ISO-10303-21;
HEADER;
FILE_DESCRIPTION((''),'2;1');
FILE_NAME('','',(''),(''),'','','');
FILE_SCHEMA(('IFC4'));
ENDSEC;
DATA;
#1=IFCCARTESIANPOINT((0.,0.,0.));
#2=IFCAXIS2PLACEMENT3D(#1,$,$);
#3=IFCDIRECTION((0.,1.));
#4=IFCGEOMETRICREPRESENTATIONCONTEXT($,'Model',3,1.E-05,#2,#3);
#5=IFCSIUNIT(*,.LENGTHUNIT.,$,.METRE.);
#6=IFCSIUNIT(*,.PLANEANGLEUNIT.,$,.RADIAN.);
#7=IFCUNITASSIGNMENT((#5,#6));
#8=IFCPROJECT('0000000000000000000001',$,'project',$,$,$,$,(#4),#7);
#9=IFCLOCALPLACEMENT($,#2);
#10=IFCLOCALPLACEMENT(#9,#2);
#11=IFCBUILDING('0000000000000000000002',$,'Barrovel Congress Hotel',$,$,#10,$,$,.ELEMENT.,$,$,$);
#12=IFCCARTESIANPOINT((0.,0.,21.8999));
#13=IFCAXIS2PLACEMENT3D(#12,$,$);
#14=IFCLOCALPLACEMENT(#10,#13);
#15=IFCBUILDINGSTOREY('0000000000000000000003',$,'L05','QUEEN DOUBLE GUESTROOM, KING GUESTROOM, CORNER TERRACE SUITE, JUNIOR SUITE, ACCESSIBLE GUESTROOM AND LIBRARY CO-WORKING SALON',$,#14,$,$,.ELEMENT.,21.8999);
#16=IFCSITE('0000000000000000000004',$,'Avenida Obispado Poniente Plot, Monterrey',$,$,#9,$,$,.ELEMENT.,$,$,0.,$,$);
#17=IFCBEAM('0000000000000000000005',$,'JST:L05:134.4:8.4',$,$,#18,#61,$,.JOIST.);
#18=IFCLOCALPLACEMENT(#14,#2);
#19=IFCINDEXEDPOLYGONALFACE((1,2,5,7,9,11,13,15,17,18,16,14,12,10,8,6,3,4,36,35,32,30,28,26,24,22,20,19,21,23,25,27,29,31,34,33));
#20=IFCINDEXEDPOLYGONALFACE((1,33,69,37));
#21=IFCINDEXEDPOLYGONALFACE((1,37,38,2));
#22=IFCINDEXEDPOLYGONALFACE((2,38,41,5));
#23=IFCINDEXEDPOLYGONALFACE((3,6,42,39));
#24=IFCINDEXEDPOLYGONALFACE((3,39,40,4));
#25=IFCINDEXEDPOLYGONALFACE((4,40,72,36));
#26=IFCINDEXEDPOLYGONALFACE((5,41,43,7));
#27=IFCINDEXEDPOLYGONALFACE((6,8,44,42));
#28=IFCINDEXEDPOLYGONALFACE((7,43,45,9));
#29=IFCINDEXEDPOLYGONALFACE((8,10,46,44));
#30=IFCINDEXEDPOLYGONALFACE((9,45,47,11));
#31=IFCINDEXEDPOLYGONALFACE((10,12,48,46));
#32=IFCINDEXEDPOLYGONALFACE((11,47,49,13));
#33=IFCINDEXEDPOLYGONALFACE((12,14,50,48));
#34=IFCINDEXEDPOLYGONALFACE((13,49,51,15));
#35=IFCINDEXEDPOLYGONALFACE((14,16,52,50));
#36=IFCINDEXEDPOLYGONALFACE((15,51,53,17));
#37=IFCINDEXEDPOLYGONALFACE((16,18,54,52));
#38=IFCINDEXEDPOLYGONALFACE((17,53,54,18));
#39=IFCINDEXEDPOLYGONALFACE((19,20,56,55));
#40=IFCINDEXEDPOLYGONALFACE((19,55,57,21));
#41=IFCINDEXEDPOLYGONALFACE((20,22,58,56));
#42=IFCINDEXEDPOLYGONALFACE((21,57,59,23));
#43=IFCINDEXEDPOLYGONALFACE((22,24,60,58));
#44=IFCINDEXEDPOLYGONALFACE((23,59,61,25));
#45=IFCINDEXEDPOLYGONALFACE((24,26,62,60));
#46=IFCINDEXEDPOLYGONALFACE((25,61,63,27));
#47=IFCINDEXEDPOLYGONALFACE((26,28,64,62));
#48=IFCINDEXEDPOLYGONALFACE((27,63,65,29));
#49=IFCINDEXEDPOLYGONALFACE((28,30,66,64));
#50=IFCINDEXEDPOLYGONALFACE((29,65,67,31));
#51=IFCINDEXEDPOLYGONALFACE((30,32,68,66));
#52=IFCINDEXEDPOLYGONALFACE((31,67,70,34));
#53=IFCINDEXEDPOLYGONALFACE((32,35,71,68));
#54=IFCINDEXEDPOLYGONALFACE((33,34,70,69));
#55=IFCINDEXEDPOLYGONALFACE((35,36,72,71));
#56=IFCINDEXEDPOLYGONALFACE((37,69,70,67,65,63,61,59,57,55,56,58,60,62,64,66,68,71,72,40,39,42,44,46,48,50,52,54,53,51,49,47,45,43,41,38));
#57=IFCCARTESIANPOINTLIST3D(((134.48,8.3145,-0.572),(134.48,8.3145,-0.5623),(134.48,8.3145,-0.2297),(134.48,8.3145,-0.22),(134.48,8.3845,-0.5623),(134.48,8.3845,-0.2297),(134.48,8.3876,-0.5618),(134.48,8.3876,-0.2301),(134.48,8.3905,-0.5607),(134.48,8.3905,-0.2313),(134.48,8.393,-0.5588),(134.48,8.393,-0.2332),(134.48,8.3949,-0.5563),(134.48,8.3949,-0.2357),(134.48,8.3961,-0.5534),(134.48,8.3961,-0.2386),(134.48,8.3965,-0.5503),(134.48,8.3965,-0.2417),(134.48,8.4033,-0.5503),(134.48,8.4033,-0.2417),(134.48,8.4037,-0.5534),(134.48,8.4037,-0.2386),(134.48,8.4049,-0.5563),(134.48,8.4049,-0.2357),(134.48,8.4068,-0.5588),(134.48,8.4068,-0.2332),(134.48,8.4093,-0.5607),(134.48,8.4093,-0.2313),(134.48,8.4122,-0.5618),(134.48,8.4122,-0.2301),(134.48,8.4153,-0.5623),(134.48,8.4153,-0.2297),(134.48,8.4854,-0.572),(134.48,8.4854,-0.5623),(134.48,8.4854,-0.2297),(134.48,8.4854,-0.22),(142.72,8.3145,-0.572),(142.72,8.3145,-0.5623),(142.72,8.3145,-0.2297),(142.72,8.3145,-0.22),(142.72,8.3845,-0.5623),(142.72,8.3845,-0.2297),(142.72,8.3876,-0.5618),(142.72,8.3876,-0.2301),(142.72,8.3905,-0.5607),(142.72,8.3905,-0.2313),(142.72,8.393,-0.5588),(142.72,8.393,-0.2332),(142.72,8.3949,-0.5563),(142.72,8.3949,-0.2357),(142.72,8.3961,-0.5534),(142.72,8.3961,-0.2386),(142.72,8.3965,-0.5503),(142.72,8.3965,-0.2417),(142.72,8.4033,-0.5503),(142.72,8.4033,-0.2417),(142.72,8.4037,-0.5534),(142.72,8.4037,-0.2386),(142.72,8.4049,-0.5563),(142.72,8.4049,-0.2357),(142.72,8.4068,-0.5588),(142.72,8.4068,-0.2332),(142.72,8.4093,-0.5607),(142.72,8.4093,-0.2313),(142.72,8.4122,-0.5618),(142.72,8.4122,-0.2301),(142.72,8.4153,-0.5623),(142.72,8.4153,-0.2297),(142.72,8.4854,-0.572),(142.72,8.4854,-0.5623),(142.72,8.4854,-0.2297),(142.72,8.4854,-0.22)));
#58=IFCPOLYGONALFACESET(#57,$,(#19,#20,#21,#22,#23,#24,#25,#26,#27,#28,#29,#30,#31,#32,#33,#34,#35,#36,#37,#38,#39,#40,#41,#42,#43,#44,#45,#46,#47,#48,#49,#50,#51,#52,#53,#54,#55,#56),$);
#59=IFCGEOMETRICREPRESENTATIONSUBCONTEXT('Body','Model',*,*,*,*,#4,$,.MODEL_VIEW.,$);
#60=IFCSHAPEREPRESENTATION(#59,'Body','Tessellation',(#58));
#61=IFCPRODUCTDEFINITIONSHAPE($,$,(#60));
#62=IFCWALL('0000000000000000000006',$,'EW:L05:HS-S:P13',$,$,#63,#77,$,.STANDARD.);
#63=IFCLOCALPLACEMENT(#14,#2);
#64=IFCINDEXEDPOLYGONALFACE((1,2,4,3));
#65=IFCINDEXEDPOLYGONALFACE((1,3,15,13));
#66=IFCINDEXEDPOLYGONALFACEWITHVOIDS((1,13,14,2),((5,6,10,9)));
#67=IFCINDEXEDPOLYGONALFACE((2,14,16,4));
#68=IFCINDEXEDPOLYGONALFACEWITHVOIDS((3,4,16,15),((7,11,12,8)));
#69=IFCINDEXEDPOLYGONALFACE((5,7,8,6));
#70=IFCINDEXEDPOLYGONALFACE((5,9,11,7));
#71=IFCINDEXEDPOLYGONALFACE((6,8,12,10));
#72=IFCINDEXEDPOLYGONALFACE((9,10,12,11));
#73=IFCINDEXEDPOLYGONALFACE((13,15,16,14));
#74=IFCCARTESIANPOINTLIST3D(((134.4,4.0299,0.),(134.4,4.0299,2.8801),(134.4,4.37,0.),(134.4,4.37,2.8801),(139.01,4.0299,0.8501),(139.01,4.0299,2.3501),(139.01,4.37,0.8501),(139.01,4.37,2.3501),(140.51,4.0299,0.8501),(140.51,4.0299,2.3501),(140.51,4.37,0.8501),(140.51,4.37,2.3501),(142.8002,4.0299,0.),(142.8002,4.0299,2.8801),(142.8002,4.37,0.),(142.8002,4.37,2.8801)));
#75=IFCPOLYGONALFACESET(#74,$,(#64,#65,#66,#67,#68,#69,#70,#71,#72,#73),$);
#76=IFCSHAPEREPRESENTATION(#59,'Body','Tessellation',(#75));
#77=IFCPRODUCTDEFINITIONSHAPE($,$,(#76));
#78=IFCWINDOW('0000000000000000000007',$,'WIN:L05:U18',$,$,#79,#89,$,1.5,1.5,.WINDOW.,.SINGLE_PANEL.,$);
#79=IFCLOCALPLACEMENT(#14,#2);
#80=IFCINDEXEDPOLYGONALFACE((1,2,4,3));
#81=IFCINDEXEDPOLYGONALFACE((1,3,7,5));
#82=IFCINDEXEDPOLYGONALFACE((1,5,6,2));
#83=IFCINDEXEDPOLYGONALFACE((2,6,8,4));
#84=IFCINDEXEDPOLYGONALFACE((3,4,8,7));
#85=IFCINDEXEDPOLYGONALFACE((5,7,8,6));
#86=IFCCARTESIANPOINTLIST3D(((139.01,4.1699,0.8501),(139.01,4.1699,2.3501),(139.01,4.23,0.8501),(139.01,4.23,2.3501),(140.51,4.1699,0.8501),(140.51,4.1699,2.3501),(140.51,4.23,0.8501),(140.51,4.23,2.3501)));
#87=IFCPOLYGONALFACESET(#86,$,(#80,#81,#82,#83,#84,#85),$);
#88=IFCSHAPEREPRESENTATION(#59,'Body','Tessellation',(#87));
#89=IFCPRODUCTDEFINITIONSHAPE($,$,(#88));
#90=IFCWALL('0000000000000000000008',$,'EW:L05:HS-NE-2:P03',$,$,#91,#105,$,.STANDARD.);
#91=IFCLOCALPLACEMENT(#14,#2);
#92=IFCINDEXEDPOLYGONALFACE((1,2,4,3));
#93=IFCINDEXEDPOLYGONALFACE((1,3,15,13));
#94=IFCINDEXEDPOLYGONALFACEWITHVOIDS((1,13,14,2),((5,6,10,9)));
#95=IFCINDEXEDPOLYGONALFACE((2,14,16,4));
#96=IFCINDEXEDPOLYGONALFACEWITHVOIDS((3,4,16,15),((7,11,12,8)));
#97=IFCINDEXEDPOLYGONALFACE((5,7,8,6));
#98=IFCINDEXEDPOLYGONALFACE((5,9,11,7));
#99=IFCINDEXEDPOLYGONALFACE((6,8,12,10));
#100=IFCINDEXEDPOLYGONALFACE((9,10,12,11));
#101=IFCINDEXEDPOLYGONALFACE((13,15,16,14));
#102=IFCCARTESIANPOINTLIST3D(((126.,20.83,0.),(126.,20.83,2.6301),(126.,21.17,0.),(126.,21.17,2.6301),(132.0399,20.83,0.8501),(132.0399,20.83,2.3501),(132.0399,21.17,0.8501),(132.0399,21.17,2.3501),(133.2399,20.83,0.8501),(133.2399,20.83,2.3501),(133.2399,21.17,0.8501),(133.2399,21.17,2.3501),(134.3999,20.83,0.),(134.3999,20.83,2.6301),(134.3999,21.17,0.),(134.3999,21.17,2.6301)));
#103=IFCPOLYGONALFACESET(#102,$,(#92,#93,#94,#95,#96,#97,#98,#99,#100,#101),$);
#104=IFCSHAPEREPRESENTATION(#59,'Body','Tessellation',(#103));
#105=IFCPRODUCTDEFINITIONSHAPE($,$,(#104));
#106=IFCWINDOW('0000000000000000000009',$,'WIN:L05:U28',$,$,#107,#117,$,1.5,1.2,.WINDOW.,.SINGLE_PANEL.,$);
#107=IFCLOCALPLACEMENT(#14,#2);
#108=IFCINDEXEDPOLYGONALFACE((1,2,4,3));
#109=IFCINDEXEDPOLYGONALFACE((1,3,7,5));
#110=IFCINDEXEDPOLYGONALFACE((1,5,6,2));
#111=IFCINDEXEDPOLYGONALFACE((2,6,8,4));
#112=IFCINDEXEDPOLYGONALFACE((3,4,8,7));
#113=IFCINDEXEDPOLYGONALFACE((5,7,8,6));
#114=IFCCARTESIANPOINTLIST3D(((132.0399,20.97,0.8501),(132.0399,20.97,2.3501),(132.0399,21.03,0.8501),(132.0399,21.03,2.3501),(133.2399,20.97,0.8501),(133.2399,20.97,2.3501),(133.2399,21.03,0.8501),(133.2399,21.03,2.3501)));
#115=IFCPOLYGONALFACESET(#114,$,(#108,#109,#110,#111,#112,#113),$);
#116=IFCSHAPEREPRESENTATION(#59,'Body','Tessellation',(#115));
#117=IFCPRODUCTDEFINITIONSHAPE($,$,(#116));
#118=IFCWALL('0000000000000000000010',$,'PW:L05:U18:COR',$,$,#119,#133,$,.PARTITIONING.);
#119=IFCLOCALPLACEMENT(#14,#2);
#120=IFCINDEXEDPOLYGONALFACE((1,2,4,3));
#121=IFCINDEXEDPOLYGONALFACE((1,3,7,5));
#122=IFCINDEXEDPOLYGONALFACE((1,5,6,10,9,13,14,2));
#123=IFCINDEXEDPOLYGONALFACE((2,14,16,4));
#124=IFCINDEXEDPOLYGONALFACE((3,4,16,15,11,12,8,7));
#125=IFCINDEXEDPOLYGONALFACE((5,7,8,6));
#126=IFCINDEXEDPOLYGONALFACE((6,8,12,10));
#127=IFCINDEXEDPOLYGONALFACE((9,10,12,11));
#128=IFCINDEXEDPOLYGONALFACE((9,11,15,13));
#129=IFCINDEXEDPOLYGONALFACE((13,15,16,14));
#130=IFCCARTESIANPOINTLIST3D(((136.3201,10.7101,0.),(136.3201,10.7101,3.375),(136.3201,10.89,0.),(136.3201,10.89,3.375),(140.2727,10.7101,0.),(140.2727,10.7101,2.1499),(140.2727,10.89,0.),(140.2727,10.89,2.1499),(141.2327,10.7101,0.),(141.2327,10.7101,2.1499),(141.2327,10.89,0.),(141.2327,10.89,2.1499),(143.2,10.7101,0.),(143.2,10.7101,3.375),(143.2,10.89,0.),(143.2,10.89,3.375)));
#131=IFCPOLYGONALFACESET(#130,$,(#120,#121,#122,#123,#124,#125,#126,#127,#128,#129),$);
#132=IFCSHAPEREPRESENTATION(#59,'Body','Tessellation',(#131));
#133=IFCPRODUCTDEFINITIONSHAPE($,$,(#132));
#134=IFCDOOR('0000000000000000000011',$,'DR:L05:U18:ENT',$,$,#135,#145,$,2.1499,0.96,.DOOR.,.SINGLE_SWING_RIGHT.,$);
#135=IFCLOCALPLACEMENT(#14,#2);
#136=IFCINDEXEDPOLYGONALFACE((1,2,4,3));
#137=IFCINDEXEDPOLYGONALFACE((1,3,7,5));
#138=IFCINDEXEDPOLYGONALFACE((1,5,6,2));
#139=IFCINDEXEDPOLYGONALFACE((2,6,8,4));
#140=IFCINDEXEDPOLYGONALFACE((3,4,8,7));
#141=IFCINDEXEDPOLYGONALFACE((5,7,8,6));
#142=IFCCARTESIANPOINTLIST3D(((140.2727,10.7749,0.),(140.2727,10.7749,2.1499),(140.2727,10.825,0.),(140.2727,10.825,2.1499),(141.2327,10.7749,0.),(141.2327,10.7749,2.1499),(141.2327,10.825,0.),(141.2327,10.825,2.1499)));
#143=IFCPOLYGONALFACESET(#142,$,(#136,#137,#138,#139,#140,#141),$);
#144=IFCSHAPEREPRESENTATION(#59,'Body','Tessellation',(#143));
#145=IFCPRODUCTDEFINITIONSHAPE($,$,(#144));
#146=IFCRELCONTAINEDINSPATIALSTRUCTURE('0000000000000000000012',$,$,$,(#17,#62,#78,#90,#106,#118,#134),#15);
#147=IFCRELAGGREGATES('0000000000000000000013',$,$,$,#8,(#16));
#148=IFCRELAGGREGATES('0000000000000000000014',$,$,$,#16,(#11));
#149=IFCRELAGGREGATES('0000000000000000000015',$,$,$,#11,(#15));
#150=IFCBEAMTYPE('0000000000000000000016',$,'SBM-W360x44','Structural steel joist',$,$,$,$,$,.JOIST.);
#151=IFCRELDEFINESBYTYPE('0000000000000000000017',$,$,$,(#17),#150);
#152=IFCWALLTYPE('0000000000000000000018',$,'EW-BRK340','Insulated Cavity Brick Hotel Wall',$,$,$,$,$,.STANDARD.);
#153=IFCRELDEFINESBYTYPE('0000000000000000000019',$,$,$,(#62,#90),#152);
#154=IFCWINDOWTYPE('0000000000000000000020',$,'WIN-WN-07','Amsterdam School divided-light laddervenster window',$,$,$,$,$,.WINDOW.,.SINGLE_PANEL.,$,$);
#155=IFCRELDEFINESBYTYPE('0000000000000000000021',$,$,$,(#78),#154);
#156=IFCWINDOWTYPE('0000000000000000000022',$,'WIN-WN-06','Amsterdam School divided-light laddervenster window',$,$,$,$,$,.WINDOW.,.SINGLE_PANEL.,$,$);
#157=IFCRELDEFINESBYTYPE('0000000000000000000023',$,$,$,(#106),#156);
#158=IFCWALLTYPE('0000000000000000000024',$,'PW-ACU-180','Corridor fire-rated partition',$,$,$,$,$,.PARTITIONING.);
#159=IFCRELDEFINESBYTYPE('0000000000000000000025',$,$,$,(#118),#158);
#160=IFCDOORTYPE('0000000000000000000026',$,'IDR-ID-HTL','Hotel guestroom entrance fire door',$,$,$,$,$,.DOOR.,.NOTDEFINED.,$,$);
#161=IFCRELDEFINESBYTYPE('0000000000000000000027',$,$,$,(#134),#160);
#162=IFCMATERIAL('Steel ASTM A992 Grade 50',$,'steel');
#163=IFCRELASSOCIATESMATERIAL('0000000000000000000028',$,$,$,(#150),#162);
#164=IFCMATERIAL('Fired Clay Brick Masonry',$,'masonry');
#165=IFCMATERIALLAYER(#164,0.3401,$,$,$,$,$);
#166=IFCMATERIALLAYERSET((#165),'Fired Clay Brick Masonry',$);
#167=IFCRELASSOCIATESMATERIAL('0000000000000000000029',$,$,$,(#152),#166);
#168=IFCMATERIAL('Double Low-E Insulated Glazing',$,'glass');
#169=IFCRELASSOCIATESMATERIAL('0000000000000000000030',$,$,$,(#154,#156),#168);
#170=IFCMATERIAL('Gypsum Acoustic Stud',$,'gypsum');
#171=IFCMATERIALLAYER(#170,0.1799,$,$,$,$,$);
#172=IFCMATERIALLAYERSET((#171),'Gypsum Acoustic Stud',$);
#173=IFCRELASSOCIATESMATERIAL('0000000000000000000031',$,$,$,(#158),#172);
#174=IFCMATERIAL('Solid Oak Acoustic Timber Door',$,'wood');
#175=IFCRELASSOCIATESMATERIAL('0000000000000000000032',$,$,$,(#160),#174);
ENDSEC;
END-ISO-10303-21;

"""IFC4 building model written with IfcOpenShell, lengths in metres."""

from ifc_helpers import new_model, si_unit, direction, frame, frame_2d, origin, origin_2d, place, context, subcontext, project, spatial, rectangle, i_section, extrude, material, layer, layer_set, material_profile, profile_set, type_object, element, fill, save


model = new_model("IFC4")

# Units and contexts
model_context = context("Model", 3, precision=1e-05, world=origin(), true_north=direction((0.0, 1.0)))
body_context = subcontext(model_context, "Body", "Model", "MODEL_VIEW")
ifc_project = project(units=[si_unit("LENGTHUNIT", "METRE"), si_unit("PLANEANGLEUNIT", "RADIAN")], contexts=[model_context])

# Site, building, storey
site_placement = place(None, origin())
site = spatial("IfcSite", under=ifc_project, at=site_placement, Name="Avenida Obispado Poniente Plot, Monterrey", CompositionType="ELEMENT", RefElevation=0.0)
building_placement = place(site_placement, origin())
building = spatial("IfcBuilding", under=site, at=building_placement, Name="Barrovel Congress Hotel", CompositionType="ELEMENT")
storey_placement = place(building_placement, frame((0.0, 0.0, 21.8999)))
storey = spatial("IfcBuildingStorey", under=building, at=storey_placement, Name="L05", Description="QUEEN DOUBLE GUESTROOM, KING GUESTROOM, CORNER TERRACE SUITE, JUNIOR SUITE, ACCESSIBLE GUESTROOM AND LIBRARY CO-WORKING SALON", CompositionType="ELEMENT", Elevation=21.8999)

# Beam
ifc_material_1 = material(Name="Steel ASTM A992 Grade 50", Category="steel")
ifc_material_profile_1 = material_profile(ifc_material_1, i_section(OverallWidth=0.1709, OverallDepth=0.3521, WebThickness=0.0068, FlangeThickness=0.0098, FilletRadius=0.012, at=origin_2d()), Name="W360x44")
ifc_profile_set_1 = profile_set([ifc_material_profile_1], Name="Steel ASTM A992 Grade 50")
beam_type_1 = type_object("IfcBeamType", Name="SBM-W360x44", Description="Structural steel joist", PredefinedType="JOIST", material=ifc_profile_set_1)
beam_1_placement = place(storey_placement, frame((134.48, 8.3999, -0.396), z_axis=(1.0, 0.0, 0.0), x_axis=(0.0, 1.0, 0.0)))
element("IfcBeam", 1, at=beam_1_placement, inside=storey, type_object=beam_type_1, Name="JST:L05:134.4:8.4", PredefinedType="JOIST", context=body_context, shape_type="SweptSolid", body=[
    extrude(i_section(OverallWidth=0.1709, OverallDepth=0.3521, WebThickness=0.0068, FlangeThickness=0.0098, FilletRadius=0.012, at=origin_2d()), origin(), (0.0, 0.0, 1.0), 8.24),
])

# Walls, openings, windows
ifc_material_2 = material(Name="Fired Clay Brick Masonry", Category="masonry")
ifc_layer_1 = layer(ifc_material_2, 0.3401)
ifc_layer_set_1 = layer_set([ifc_layer_1], Name="Fired Clay Brick Masonry")
wall_type_1 = type_object("IfcWallType", Name="EW-BRK340", Description="Insulated Cavity Brick Hotel Wall", PredefinedType="STANDARD", material=ifc_layer_set_1)
wall_1_placement = place(storey_placement, frame((134.3999, 4.2, 0.0), z_axis=(0.0, 0.0, 1.0), x_axis=(1.0, 0.0, 0.0)))
wall_1 = element("IfcWall", 2, at=wall_1_placement, inside=storey, type_object=wall_type_1, Name="EW:L05:HS-S:P13", PredefinedType="STANDARD", context=body_context, shape_type="SweptSolid", body=[
    extrude(rectangle(XDim=8.4001, YDim=0.3401, at=frame_2d((4.2002, 0.0))), origin(), (0.0, 0.0, 1.0), 2.8801),
])
opening_1_placement = place(wall_1_placement, frame((4.6101, 0.0, 0.8501)))
opening_1 = element("IfcOpeningElement", 3, at=opening_1_placement, cuts=wall_1, PredefinedType="OPENING", context=body_context, shape_type="SweptSolid", body=[
    extrude(rectangle(XDim=1.5, YDim=1.5, at=frame_2d((0.75, 0.75))), frame((0.0, 0.1802, 0.0), z_axis=(0.0, -1.0, 0.0), x_axis=(1.0, 0.0, 0.0)), (0.0, 0.0, 1.0), 0.3601),
])
ifc_material_3 = material(Name="Double Low-E Insulated Glazing", Category="glass")
window_type_1 = type_object("IfcWindowType", Name="WIN-WN-07", Description="Amsterdam School divided-light laddervenster window", PartitioningType="SINGLE_PANEL", PredefinedType="WINDOW", material=ifc_material_3)
window_1_placement = place(opening_1_placement, origin())
window_1 = element("IfcWindow", 4, at=window_1_placement, inside=storey, type_object=window_type_1, Name="WIN:L05:U18", OverallHeight=1.5, OverallWidth=1.5, PartitioningType="SINGLE_PANEL", PredefinedType="WINDOW", context=body_context, shape_type="SweptSolid", body=[
    extrude(rectangle(XDim=1.5, YDim=1.5, at=frame_2d((0.75, 0.75))), frame((0.0, 0.03, 0.0), z_axis=(0.0, -1.0, 0.0), x_axis=(1.0, 0.0, 0.0)), (0.0, 0.0, 1.0), 0.0601),
])
fill(opening_1, window_1)
wall_2_placement = place(storey_placement, frame((134.3999, 21.0, 0.0), z_axis=(0.0, 0.0, 1.0), x_axis=(-1.0, 0.0, 0.0)))
wall_2 = element("IfcWall", 5, at=wall_2_placement, inside=storey, type_object=wall_type_1, Name="EW:L05:HS-NE-2:P03", PredefinedType="STANDARD", context=body_context, shape_type="SweptSolid", body=[
    extrude(rectangle(XDim=8.3999, YDim=0.3401, at=frame_2d((4.2, 0.0))), origin(), (0.0, 0.0, 1.0), 2.6301),
])
opening_2_placement = place(wall_2_placement, frame((1.1599, 0.0, 0.8501)))
opening_2 = element("IfcOpeningElement", 6, at=opening_2_placement, cuts=wall_2, PredefinedType="OPENING", context=body_context, shape_type="SweptSolid", body=[
    extrude(rectangle(XDim=1.2, YDim=1.5, at=frame_2d((0.6001, 0.75))), frame((0.0, 0.1802, 0.0), z_axis=(0.0, -1.0, 0.0), x_axis=(1.0, 0.0, 0.0)), (0.0, 0.0, 1.0), 0.3601),
])
window_type_2 = type_object("IfcWindowType", Name="WIN-WN-06", Description="Amsterdam School divided-light laddervenster window", PartitioningType="SINGLE_PANEL", PredefinedType="WINDOW", material=ifc_material_3)
window_2_placement = place(opening_2_placement, origin())
window_2 = element("IfcWindow", 7, at=window_2_placement, inside=storey, type_object=window_type_2, Name="WIN:L05:U28", OverallHeight=1.5, OverallWidth=1.2, PartitioningType="SINGLE_PANEL", PredefinedType="WINDOW", context=body_context, shape_type="SweptSolid", body=[
    extrude(rectangle(XDim=1.2, YDim=1.5, at=frame_2d((0.6001, 0.75))), frame((0.0, 0.03, 0.0), z_axis=(0.0, -1.0, 0.0), x_axis=(1.0, 0.0, 0.0)), (0.0, 0.0, 1.0), 0.0601),
])
fill(opening_2, window_2)

# Wall, opening, door
ifc_material_4 = material(Name="Gypsum Acoustic Stud", Category="gypsum")
ifc_layer_2 = layer(ifc_material_4, 0.1799)
ifc_layer_set_2 = layer_set([ifc_layer_2], Name="Gypsum Acoustic Stud")
wall_type_2 = type_object("IfcWallType", Name="PW-ACU-180", Description="Corridor fire-rated partition", PredefinedType="PARTITIONING", material=ifc_layer_set_2)
wall_3_placement = place(storey_placement, frame((136.3201, 10.8, 0.0), z_axis=(0.0, 0.0, 1.0), x_axis=(1.0, 0.0, 0.0)))
wall_3 = element("IfcWall", 8, at=wall_3_placement, inside=storey, type_object=wall_type_2, Name="PW:L05:U18:COR", PredefinedType="PARTITIONING", context=body_context, shape_type="SweptSolid", body=[
    extrude(rectangle(XDim=6.8799, YDim=0.1799, at=frame_2d((3.4399, 0.0))), origin(), (0.0, 0.0, 1.0), 3.375),
])
opening_3_placement = place(wall_3_placement, frame((3.9526, 0.0, 0.0)))
opening_3 = element("IfcOpeningElement", 9, at=opening_3_placement, cuts=wall_3, PredefinedType="OPENING", context=body_context, shape_type="SweptSolid", body=[
    extrude(rectangle(XDim=0.96, YDim=2.1499, at=frame_2d((0.48, 1.075))), frame((0.0, 0.1001, 0.0), z_axis=(0.0, -1.0, 0.0), x_axis=(1.0, 0.0, 0.0)), (0.0, 0.0, 1.0), 0.2),
])
ifc_material_5 = material(Name="Solid Oak Acoustic Timber Door", Category="wood")
door_type_1 = type_object("IfcDoorType", Name="IDR-ID-HTL", Description="Hotel guestroom entrance fire door", OperationType="NOTDEFINED", PredefinedType="DOOR", material=ifc_material_5)
door_1_placement = place(opening_3_placement, origin())
door_1 = element("IfcDoor", 10, at=door_1_placement, inside=storey, type_object=door_type_1, Name="DR:L05:U18:ENT", OperationType="SINGLE_SWING_RIGHT", OverallHeight=2.1499, OverallWidth=0.96, PredefinedType="DOOR", context=body_context, shape_type="SweptSolid", body=[
    extrude(rectangle(XDim=0.96, YDim=2.1499, at=frame_2d((0.48, 1.075))), frame((0.0, 0.0249, 0.0), z_axis=(0.0, -1.0, 0.0), x_axis=(1.0, 0.0, 0.0)), (0.0, 0.0, 1.0), 0.05),
])
fill(opening_3, door_1)

save(model, "model.ifc")
